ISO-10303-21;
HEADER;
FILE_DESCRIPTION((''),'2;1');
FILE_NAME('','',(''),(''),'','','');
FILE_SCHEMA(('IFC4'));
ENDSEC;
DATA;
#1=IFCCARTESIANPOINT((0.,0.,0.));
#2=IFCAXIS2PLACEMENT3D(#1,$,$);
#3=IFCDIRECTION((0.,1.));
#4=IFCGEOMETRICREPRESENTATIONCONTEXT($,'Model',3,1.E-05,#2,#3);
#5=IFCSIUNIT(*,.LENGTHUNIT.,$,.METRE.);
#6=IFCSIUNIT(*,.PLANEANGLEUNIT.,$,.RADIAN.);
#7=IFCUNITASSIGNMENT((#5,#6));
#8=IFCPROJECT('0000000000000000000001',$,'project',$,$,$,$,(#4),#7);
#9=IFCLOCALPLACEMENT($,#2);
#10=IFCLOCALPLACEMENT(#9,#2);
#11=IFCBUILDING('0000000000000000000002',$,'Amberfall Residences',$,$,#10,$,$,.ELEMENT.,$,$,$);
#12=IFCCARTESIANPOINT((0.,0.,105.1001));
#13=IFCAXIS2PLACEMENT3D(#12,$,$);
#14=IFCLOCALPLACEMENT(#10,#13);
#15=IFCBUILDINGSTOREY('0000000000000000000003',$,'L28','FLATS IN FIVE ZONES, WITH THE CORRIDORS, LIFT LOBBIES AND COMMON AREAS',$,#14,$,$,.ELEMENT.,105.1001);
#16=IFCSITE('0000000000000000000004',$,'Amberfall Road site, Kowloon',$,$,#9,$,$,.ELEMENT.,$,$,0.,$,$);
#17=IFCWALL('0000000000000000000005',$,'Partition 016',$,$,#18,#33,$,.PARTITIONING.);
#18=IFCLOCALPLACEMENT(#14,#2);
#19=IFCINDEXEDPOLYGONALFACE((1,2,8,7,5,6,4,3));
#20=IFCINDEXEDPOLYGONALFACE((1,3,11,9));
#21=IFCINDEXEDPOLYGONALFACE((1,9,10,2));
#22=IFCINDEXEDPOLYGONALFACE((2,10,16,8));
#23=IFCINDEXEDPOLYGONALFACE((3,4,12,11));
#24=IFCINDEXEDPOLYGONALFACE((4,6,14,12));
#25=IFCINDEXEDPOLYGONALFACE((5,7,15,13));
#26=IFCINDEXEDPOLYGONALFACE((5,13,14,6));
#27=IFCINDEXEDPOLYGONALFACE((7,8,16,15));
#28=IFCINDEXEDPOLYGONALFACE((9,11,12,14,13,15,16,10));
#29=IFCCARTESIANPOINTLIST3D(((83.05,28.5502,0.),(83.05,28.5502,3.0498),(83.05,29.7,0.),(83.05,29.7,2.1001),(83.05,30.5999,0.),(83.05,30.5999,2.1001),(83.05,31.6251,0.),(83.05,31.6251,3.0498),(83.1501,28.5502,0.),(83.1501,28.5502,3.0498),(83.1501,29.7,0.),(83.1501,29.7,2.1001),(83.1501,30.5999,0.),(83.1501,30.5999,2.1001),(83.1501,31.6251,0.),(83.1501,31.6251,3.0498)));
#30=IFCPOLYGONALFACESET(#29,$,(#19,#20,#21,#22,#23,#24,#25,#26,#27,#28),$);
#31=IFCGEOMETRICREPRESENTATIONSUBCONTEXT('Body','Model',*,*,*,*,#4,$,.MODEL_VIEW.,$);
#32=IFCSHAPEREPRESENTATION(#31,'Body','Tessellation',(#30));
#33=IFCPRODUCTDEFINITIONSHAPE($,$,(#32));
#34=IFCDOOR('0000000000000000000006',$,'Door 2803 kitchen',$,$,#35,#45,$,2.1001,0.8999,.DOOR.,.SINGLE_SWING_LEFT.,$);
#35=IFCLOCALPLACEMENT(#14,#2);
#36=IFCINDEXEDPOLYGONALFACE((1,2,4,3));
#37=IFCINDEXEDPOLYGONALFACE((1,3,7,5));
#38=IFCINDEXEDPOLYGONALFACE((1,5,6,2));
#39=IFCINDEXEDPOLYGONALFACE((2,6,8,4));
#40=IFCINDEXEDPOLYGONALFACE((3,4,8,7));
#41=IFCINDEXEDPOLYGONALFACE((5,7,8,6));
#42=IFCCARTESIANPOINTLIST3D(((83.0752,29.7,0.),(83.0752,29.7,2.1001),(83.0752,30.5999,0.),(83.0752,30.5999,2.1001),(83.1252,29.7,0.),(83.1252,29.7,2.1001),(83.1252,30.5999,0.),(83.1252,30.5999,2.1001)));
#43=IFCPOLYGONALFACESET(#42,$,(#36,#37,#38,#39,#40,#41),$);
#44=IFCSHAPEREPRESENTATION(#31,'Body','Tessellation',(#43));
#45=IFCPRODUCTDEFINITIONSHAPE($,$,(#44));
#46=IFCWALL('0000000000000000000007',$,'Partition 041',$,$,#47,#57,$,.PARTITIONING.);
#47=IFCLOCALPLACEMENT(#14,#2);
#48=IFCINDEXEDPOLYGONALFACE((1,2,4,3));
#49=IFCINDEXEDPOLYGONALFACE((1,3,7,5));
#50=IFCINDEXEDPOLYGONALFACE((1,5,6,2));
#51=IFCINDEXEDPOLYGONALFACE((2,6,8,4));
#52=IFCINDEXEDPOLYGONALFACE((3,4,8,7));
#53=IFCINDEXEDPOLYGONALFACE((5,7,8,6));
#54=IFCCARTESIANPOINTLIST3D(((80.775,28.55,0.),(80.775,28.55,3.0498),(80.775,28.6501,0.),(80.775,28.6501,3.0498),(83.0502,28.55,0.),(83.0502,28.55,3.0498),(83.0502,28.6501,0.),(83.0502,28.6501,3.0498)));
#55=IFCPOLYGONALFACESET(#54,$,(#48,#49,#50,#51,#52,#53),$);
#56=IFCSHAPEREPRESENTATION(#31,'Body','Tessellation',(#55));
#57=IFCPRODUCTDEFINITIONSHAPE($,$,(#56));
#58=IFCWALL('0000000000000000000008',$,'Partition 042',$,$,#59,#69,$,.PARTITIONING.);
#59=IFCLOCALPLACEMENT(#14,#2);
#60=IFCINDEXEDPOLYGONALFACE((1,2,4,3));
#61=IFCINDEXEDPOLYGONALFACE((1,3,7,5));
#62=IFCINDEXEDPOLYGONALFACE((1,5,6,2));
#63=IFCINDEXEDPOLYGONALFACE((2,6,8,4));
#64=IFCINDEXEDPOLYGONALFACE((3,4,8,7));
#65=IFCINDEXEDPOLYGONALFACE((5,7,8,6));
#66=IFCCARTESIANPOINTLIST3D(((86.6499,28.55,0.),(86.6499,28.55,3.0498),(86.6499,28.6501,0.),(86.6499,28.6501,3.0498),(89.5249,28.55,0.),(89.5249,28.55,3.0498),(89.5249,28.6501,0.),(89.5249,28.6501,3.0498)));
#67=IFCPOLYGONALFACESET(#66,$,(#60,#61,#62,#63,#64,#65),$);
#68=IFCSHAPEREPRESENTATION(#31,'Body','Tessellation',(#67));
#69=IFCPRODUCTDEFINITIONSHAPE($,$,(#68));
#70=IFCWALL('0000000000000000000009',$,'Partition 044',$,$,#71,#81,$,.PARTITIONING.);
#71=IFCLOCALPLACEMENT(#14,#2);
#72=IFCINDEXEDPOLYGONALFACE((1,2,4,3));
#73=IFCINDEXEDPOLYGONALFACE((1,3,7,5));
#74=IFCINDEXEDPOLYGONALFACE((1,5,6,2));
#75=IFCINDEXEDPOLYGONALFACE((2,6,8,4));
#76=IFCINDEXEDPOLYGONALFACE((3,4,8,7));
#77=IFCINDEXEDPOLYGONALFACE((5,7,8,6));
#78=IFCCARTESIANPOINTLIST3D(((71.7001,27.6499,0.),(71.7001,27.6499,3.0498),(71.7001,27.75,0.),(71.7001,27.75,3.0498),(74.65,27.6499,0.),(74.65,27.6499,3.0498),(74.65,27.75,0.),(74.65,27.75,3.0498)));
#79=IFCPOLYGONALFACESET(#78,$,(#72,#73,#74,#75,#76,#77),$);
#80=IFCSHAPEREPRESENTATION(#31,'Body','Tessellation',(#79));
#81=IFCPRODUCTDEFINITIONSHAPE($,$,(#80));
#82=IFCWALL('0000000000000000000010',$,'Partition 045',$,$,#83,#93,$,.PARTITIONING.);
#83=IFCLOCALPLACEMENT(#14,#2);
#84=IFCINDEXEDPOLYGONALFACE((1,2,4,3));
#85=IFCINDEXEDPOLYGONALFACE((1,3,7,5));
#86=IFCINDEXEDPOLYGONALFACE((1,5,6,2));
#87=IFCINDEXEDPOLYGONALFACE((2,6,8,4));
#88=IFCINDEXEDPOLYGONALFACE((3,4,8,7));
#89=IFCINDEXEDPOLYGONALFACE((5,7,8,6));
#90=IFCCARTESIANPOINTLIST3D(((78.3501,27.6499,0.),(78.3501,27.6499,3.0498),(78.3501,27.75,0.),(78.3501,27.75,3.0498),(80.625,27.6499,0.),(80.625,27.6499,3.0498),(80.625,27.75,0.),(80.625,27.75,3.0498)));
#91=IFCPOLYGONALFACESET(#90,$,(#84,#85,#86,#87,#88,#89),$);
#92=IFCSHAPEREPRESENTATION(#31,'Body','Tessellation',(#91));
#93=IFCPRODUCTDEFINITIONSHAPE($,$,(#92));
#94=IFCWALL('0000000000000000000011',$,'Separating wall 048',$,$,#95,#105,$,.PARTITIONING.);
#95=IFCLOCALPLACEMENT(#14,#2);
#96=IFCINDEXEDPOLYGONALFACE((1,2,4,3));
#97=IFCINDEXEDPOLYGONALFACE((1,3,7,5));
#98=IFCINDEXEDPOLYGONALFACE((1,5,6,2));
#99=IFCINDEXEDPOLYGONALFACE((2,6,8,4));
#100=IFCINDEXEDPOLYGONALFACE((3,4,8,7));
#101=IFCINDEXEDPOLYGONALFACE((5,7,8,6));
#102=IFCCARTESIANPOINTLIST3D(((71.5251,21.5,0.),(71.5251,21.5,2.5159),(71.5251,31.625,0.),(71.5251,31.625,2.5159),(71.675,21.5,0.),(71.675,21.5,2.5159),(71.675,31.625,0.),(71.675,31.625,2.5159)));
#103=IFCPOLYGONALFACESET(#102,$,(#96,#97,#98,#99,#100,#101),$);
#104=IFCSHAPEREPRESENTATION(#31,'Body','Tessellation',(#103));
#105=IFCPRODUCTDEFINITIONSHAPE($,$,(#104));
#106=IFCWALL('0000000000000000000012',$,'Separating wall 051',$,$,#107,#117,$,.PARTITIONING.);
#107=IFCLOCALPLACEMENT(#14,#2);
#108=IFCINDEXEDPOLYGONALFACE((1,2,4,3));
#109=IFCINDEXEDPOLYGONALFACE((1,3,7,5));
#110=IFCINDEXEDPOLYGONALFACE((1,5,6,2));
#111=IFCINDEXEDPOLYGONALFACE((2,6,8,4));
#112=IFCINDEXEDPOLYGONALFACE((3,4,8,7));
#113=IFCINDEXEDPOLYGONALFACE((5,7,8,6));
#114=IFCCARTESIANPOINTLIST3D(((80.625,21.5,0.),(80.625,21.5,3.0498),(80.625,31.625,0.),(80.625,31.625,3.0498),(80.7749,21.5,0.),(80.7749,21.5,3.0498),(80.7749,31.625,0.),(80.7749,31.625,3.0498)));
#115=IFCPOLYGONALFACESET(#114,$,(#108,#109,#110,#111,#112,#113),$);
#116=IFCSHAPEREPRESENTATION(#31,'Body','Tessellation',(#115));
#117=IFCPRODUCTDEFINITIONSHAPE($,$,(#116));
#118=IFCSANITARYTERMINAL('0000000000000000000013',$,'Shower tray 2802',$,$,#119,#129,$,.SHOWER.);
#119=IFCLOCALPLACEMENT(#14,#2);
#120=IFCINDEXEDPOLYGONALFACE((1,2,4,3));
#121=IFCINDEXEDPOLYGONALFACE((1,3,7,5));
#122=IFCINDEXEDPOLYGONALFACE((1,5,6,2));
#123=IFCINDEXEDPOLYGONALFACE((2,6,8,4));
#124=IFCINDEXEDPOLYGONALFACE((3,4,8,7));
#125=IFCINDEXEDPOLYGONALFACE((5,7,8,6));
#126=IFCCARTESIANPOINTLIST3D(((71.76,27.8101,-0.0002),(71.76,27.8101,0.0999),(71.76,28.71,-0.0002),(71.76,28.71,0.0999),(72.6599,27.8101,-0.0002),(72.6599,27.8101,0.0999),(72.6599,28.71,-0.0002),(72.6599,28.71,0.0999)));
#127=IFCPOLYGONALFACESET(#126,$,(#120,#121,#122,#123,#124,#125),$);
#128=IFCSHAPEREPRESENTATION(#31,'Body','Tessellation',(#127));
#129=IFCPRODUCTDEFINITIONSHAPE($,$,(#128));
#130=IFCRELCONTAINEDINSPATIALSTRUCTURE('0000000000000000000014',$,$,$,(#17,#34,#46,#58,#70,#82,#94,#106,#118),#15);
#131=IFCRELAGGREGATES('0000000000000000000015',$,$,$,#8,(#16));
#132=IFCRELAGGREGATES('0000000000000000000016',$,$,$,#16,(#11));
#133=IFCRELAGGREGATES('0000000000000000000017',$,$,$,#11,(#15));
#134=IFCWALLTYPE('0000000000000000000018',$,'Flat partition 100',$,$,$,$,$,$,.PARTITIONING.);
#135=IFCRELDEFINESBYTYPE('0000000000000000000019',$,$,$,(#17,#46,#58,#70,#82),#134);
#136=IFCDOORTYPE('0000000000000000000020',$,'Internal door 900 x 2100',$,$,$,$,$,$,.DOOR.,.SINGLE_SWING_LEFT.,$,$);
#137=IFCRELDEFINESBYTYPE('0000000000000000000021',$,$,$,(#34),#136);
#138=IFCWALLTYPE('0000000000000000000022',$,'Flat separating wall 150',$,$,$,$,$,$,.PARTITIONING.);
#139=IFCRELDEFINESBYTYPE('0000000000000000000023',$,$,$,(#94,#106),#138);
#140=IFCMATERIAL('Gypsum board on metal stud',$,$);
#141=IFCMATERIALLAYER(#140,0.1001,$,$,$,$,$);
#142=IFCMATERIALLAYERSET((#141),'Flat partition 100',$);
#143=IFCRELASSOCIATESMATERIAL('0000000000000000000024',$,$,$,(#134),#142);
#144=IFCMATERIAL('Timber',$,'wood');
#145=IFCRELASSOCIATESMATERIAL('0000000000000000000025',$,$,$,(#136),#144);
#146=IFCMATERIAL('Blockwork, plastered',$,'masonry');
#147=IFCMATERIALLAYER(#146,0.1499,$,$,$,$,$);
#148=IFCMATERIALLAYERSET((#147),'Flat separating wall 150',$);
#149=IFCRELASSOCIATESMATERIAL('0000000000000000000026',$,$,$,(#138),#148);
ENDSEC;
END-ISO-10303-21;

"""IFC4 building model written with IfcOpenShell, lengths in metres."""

from ifc_helpers import new_model, si_unit, direction, frame, frame_2d, origin, origin_2d, place, context, subcontext, project, spatial, rectangle, extrude, material, layer, layer_set, type_object, element, fill, save


model = new_model("IFC4")

# Units and contexts
model_context = context("Model", 3, precision=1e-05, world=origin(), true_north=direction((0.0, 1.0)))
body_context = subcontext(model_context, "Body", "Model", "MODEL_VIEW")
ifc_project = project(units=[si_unit("LENGTHUNIT", "METRE"), si_unit("PLANEANGLEUNIT", "RADIAN")], contexts=[model_context])

# Site, building, storey
site_placement = place(None, origin())
site = spatial("IfcSite", under=ifc_project, at=site_placement, Name="Amberfall Road site, Kowloon", CompositionType="ELEMENT", RefElevation=0.0)
building_placement = place(site_placement, origin())
building = spatial("IfcBuilding", under=site, at=building_placement, Name="Amberfall Residences", CompositionType="ELEMENT")
storey_placement = place(building_placement, frame((0.0, 0.0, 105.1001)))
storey = spatial("IfcBuildingStorey", under=building, at=storey_placement, Name="L28", Description="FLATS IN FIVE ZONES, WITH THE CORRIDORS, LIFT LOBBIES AND COMMON AREAS", CompositionType="ELEMENT", Elevation=105.1001)

# Shared definitions
ifc_material_1 = material(Name="Gypsum board on metal stud")
ifc_layer_1 = layer(ifc_material_1, 0.1001)
ifc_layer_set_1 = layer_set([ifc_layer_1], Name="Flat partition 100")
wall_type_1 = type_object("IfcWallType", Name="Flat partition 100", PredefinedType="PARTITIONING", material=ifc_layer_set_1)
ifc_material_2 = material(Name="Timber", Category="wood")
door_type_1 = type_object("IfcDoorType", Name="Internal door 900 x 2100", OperationType="SINGLE_SWING_LEFT", PredefinedType="DOOR", material=ifc_material_2)

# Wall, opening, door
wall_1_placement = place(storey_placement, frame((83.1001, 28.55, 0.0), z_axis=(0.0, 0.0, 1.0), x_axis=(0.0, 1.0, 0.0)))
wall_1 = element("IfcWall", 1, at=wall_1_placement, inside=storey, type_object=wall_type_1, Name="Partition 016", PredefinedType="PARTITIONING", context=body_context, shape_type="SweptSolid", body=[
    extrude(rectangle(XDim=3.075, YDim=0.1001, at=frame_2d((1.5376, 0.0))), origin(), (0.0, 0.0, 1.0), 3.0498),
])
opening_1_placement = place(wall_1_placement, frame((1.1499, 0.0, 0.0)))
opening_1 = element("IfcOpeningElement", 2, at=opening_1_placement, cuts=wall_1, PredefinedType="OPENING", context=body_context, shape_type="SweptSolid", body=[
    extrude(rectangle(XDim=0.8999, YDim=2.1001, at=frame_2d((0.45, 1.05))), frame((0.0, 0.0601, 0.0), z_axis=(0.0, -1.0, 0.0), x_axis=(1.0, 0.0, 0.0)), (0.0, 0.0, 1.0), 0.1201),
])
door_1_placement = place(opening_1_placement, origin())
door_1 = element("IfcDoor", 3, at=door_1_placement, inside=storey, type_object=door_type_1, Name="Door 2803 kitchen", OperationType="SINGLE_SWING_LEFT", OverallHeight=2.1001, OverallWidth=0.8999, PredefinedType="DOOR", context=body_context, shape_type="SweptSolid", body=[
    extrude(rectangle(XDim=0.8999, YDim=2.1001, at=frame_2d((0.45, 1.05))), frame((0.0, 0.0249, 0.0), z_axis=(0.0, -1.0, 0.0), x_axis=(1.0, 0.0, 0.0)), (0.0, 0.0, 1.0), 0.05),
])
fill(opening_1, door_1)

# Walls
wall_2_placement = place(storey_placement, frame((80.7749, 28.6001, 0.0), z_axis=(0.0, 0.0, 1.0), x_axis=(1.0, 0.0, 0.0)))
element("IfcWall", 4, at=wall_2_placement, inside=storey, type_object=wall_type_1, Name="Partition 041", PredefinedType="PARTITIONING", context=body_context, shape_type="SweptSolid", body=[
    extrude(rectangle(XDim=2.2751, YDim=0.1001, at=frame_2d((1.1377, 0.0))), origin(), (0.0, 0.0, 1.0), 3.0498),
])
wall_3_placement = place(storey_placement, frame((86.6499, 28.6001, 0.0), z_axis=(0.0, 0.0, 1.0), x_axis=(1.0, 0.0, 0.0)))
element("IfcWall", 5, at=wall_3_placement, inside=storey, type_object=wall_type_1, Name="Partition 042", PredefinedType="PARTITIONING", context=body_context, shape_type="SweptSolid", body=[
    extrude(rectangle(XDim=2.875, YDim=0.1001, at=frame_2d((1.4375, 0.0))), origin(), (0.0, 0.0, 1.0), 3.0498),
])
wall_4_placement = place(storey_placement, frame((71.7, 27.7, 0.0), z_axis=(0.0, 0.0, 1.0), x_axis=(1.0, 0.0, 0.0)))
element("IfcWall", 6, at=wall_4_placement, inside=storey, type_object=wall_type_1, Name="Partition 044", PredefinedType="PARTITIONING", context=body_context, shape_type="SweptSolid", body=[
    extrude(rectangle(XDim=2.95, YDim=0.1001, at=frame_2d((1.4751, 0.0))), origin(), (0.0, 0.0, 1.0), 3.0498),
])
wall_5_placement = place(storey_placement, frame((78.3501, 27.7, 0.0), z_axis=(0.0, 0.0, 1.0), x_axis=(1.0, 0.0, 0.0)))
element("IfcWall", 7, at=wall_5_placement, inside=storey, type_object=wall_type_1, Name="Partition 045", PredefinedType="PARTITIONING", context=body_context, shape_type="SweptSolid", body=[
    extrude(rectangle(XDim=2.2749, YDim=0.1001, at=frame_2d((1.1375, 0.0))), origin(), (0.0, 0.0, 1.0), 3.0498),
])
ifc_material_3 = material(Name="Blockwork, plastered", Category="masonry")
ifc_layer_2 = layer(ifc_material_3, 0.1499)
ifc_layer_set_2 = layer_set([ifc_layer_2], Name="Flat separating wall 150")
wall_type_2 = type_object("IfcWallType", Name="Flat separating wall 150", PredefinedType="PARTITIONING", material=ifc_layer_set_2)
wall_6_placement = place(storey_placement, frame((71.6001, 21.5, 0.0), z_axis=(0.0, 0.0, 1.0), x_axis=(0.0, 1.0, 0.0)))
element("IfcWall", 8, at=wall_6_placement, inside=storey, type_object=wall_type_2, Name="Separating wall 048", PredefinedType="PARTITIONING", context=body_context, shape_type="SweptSolid", body=[
    extrude(rectangle(XDim=10.125, YDim=0.1499, at=frame_2d((5.0625, 0.0))), origin(), (0.0, 0.0, 1.0), 2.5159),
])
wall_7_placement = place(storey_placement, frame((80.7, 21.5, 0.0), z_axis=(0.0, 0.0, 1.0), x_axis=(0.0, 1.0, 0.0)))
element("IfcWall", 9, at=wall_7_placement, inside=storey, type_object=wall_type_2, Name="Separating wall 051", PredefinedType="PARTITIONING", context=body_context, shape_type="SweptSolid", body=[
    extrude(rectangle(XDim=10.125, YDim=0.1499, at=frame_2d((5.0625, 0.0))), origin(), (0.0, 0.0, 1.0), 3.0498),
])

# Sanitary terminal
sanitary_terminal_placement = place(storey_placement, frame((72.21, 28.26, -0.0002), z_axis=(0.0, 0.0, 1.0), x_axis=(1.0, 0.0, 0.0)))
element("IfcSanitaryTerminal", 10, at=sanitary_terminal_placement, inside=storey, Name="Shower tray 2802", PredefinedType="SHOWER", context=body_context, shape_type="SweptSolid", body=[
    extrude(rectangle(XDim=0.8999, YDim=0.8999, at=origin_2d()), origin(), (0.0, 0.0, 1.0), 0.1001),
])

save(model, "model.ifc")
